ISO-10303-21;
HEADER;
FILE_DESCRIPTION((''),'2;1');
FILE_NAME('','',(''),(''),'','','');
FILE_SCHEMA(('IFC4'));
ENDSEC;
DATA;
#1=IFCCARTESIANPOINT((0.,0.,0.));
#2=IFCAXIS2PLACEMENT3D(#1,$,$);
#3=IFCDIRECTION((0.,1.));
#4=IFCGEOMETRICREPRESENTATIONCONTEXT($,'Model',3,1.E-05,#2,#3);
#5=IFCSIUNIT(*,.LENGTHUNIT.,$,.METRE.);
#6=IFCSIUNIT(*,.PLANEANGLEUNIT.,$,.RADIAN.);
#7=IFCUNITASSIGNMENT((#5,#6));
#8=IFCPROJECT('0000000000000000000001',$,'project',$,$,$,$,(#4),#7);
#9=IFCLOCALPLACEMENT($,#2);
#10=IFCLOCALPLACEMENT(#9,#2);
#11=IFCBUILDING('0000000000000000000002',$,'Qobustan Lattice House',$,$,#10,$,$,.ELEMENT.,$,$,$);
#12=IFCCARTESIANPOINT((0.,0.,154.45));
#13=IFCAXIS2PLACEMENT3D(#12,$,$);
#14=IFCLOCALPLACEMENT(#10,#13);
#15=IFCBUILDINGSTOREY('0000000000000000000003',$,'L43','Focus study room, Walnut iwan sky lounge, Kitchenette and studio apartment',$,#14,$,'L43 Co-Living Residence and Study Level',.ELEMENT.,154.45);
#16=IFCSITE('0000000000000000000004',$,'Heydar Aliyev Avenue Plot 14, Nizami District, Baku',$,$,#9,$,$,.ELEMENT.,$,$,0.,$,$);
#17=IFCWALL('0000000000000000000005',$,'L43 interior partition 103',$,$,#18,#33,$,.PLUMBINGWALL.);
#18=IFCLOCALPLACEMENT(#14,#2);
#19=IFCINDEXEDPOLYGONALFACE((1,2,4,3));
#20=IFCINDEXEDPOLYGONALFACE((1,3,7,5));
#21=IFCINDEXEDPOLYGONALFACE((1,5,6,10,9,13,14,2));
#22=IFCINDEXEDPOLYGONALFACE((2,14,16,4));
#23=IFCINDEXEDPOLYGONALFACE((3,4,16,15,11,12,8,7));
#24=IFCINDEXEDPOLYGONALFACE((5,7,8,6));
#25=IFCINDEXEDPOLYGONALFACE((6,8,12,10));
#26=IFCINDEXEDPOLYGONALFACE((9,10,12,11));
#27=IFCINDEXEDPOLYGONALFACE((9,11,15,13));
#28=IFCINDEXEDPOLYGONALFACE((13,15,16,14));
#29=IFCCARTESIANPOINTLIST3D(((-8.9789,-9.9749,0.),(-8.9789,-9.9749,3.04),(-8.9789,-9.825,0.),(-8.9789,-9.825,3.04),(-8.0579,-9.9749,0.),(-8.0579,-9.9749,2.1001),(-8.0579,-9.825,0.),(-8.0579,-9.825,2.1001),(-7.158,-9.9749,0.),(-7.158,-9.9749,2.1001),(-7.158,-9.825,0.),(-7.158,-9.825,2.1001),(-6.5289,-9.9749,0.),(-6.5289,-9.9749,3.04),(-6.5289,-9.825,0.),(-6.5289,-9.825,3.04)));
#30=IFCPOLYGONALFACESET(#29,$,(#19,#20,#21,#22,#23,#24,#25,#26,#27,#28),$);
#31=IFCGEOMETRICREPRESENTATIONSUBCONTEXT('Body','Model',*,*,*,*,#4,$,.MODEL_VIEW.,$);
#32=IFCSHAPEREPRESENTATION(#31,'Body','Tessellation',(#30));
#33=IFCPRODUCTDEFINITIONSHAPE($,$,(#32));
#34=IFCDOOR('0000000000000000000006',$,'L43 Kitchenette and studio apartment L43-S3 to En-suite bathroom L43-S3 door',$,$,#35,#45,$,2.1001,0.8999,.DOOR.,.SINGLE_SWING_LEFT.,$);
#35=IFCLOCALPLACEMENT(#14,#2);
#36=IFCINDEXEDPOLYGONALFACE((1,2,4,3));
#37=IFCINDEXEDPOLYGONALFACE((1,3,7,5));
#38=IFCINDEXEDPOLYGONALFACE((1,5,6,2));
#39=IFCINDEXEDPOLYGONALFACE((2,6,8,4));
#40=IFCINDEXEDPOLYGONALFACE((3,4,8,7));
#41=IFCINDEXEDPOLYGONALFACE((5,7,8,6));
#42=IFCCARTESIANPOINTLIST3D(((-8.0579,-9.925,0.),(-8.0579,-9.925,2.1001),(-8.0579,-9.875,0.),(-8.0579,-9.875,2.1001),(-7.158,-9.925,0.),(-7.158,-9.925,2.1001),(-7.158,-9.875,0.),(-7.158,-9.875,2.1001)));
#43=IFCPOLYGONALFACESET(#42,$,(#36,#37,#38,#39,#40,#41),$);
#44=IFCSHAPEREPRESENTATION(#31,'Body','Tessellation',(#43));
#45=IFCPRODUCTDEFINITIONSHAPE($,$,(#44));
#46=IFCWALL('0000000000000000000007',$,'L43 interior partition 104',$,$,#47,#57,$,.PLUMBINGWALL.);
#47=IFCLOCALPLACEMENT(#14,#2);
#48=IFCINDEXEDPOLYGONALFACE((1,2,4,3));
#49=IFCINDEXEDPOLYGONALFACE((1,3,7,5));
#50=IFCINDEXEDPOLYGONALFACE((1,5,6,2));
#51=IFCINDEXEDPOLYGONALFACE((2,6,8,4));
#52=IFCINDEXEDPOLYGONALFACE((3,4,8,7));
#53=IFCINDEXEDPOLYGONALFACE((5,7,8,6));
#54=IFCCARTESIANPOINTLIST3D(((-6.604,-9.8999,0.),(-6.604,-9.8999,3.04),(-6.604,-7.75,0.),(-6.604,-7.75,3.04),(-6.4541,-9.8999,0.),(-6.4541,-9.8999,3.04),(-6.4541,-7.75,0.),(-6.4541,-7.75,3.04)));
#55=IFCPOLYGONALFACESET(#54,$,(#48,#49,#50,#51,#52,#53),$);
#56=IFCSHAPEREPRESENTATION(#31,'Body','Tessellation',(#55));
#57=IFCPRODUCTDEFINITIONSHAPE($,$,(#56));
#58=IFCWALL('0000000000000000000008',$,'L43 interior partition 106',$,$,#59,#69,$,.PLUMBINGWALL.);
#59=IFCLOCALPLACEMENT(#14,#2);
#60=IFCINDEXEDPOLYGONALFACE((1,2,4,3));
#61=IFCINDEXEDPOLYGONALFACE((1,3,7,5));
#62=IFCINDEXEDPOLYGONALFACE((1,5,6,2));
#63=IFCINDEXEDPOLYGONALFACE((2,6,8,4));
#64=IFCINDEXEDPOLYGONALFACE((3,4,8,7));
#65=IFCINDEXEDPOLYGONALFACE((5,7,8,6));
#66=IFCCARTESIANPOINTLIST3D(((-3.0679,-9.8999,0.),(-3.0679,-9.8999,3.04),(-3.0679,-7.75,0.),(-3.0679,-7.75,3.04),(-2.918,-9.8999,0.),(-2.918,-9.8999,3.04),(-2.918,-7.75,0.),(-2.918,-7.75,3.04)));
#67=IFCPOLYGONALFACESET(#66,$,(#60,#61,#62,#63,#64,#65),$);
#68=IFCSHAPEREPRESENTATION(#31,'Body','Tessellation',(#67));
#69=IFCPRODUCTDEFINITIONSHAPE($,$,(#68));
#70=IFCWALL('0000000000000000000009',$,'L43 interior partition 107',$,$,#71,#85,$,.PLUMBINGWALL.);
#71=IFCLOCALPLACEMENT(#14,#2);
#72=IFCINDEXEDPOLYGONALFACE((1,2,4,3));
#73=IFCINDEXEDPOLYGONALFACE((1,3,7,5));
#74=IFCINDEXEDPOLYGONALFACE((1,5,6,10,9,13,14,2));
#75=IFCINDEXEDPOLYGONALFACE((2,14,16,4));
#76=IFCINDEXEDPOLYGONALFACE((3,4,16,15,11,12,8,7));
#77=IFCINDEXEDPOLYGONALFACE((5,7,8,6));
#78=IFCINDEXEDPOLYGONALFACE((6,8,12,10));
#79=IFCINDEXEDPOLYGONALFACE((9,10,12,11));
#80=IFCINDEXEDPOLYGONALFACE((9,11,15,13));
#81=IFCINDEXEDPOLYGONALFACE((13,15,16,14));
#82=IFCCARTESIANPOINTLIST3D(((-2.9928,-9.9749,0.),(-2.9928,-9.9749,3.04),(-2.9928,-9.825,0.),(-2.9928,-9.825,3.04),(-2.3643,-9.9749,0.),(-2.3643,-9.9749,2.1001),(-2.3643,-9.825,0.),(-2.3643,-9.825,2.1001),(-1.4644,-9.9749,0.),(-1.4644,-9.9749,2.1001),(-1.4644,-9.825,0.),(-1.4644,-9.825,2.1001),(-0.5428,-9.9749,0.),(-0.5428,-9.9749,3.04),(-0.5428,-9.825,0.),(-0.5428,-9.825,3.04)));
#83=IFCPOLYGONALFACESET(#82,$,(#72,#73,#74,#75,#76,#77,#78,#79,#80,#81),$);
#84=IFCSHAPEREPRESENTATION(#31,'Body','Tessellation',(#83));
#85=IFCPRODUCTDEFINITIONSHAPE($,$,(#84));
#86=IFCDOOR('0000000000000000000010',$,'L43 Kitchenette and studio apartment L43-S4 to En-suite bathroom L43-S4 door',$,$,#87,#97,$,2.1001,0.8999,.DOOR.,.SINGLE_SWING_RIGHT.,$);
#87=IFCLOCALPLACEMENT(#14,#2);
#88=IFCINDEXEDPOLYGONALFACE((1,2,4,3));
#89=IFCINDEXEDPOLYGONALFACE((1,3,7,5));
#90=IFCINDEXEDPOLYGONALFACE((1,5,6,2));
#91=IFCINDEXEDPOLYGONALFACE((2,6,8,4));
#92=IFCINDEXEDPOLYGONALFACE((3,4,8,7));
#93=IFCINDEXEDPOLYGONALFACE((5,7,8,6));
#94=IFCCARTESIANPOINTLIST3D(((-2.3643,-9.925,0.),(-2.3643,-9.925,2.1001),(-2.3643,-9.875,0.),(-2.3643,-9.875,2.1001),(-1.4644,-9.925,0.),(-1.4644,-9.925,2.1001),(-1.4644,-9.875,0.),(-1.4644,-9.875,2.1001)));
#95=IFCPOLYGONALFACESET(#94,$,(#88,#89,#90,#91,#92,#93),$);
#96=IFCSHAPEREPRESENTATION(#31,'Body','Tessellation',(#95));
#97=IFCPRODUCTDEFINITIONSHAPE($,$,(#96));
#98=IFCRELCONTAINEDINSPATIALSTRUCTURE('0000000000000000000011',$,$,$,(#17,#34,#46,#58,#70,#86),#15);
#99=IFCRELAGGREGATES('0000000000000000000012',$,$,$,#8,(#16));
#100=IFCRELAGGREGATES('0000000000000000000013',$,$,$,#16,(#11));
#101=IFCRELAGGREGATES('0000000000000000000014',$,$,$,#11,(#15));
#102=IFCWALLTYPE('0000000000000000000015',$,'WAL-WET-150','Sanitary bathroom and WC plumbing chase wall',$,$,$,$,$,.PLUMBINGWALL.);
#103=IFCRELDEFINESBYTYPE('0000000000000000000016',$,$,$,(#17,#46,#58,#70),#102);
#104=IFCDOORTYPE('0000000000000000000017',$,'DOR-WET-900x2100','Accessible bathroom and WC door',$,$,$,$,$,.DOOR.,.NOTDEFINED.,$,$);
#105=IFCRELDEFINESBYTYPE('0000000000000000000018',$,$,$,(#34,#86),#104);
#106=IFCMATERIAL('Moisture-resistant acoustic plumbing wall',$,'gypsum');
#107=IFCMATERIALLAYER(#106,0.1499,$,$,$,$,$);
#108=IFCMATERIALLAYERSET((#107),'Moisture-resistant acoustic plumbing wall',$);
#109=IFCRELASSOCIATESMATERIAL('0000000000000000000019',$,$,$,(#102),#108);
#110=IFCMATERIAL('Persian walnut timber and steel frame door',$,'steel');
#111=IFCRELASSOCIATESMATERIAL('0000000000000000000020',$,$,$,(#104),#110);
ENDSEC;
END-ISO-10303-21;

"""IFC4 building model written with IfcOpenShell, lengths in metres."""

from ifc_helpers import new_model, si_unit, direction, frame, frame_2d, origin, place, context, subcontext, project, spatial, rectangle, extrude, material, layer, layer_set, type_object, element, fill, save


model = new_model("IFC4")

# Units and contexts
model_context = context("Model", 3, precision=1e-05, world=origin(), true_north=direction((0.0, 1.0)))
body_context = subcontext(model_context, "Body", "Model", "MODEL_VIEW")
ifc_project = project(units=[si_unit("LENGTHUNIT", "METRE"), si_unit("PLANEANGLEUNIT", "RADIAN")], contexts=[model_context])

# Site, building, storey
site_placement = place(None, origin())
site = spatial("IfcSite", under=ifc_project, at=site_placement, Name="Heydar Aliyev Avenue Plot 14, Nizami District, Baku", CompositionType="ELEMENT", RefElevation=0.0)
building_placement = place(site_placement, origin())
building = spatial("IfcBuilding", under=site, at=building_placement, Name="Qobustan Lattice House", CompositionType="ELEMENT")
storey_placement = place(building_placement, frame((0.0, 0.0, 154.45)))
storey = spatial("IfcBuildingStorey", under=building, at=storey_placement, Name="L43", Description="Focus study room, Walnut iwan sky lounge, Kitchenette and studio apartment", LongName="L43 Co-Living Residence and Study Level", CompositionType="ELEMENT", Elevation=154.45)

# Shared definitions
ifc_material_1 = material(Name="Moisture-resistant acoustic plumbing wall", Category="gypsum")
ifc_layer_1 = layer(ifc_material_1, 0.1499)
ifc_layer_set_1 = layer_set([ifc_layer_1], Name="Moisture-resistant acoustic plumbing wall")
wall_type_1 = type_object("IfcWallType", Name="WAL-WET-150", Description="Sanitary bathroom and WC plumbing chase wall", PredefinedType="PLUMBINGWALL", material=ifc_layer_set_1)

# Wall, opening, door
wall_1_placement = place(storey_placement, frame((-8.979, -9.8999, 0.0), z_axis=(0.0, 0.0, 1.0), x_axis=(1.0, 0.0, 0.0)))
wall_1 = element("IfcWall", 1, at=wall_1_placement, inside=storey, type_object=wall_type_1, Name="L43 interior partition 103", PredefinedType="PLUMBINGWALL", context=body_context, shape_type="SweptSolid", body=[
    extrude(rectangle(XDim=2.45, YDim=0.1499, at=frame_2d((1.2251, 0.0))), origin(), (0.0, 0.0, 1.0), 3.04),
])
opening_1_placement = place(wall_1_placement, frame((0.9211, 0.0, 0.0)))
opening_1 = element("IfcOpeningElement", 2, at=opening_1_placement, cuts=wall_1, PredefinedType="OPENING", context=body_context, shape_type="SweptSolid", body=[
    extrude(rectangle(XDim=0.8999, YDim=2.1001, at=frame_2d((0.45, 1.05))), frame((0.0, 0.085, 0.0), z_axis=(0.0, -1.0, 0.0), x_axis=(1.0, 0.0, 0.0)), (0.0, 0.0, 1.0), 0.1699),
])
ifc_material_2 = material(Name="Persian walnut timber and steel frame door", Category="steel")
door_type_1 = type_object("IfcDoorType", Name="DOR-WET-900x2100", Description="Accessible bathroom and WC door", OperationType="NOTDEFINED", PredefinedType="DOOR", material=ifc_material_2)
door_1_placement = place(opening_1_placement, origin())
door_1 = element("IfcDoor", 3, at=door_1_placement, inside=storey, type_object=door_type_1, Name="L43 Kitchenette and studio apartment L43-S3 to En-suite bathroom L43-S3 door", OperationType="SINGLE_SWING_LEFT", OverallHeight=2.1001, OverallWidth=0.8999, PredefinedType="DOOR", context=body_context, shape_type="SweptSolid", body=[
    extrude(rectangle(XDim=0.8999, YDim=2.1001, at=frame_2d((0.45, 1.05))), frame((0.0, 0.0249, 0.0), z_axis=(0.0, -1.0, 0.0), x_axis=(1.0, 0.0, 0.0)), (0.0, 0.0, 1.0), 0.05),
])
fill(opening_1, door_1)

# Walls
for number, where, z_axis, x_axis, name in (
    (4, (-6.5291, -9.8999, 0.0), (0.0, 0.0, 1.0), (0.0, 1.0, 0.0), "L43 interior partition 104"),
    (5, (-2.9929, -7.75, 0.0), (0.0, 0.0, 1.0), (0.0, -1.0, 0.0), "L43 interior partition 106"),
):
    element("IfcWall", number, at=place(storey_placement, frame(where, z_axis=z_axis, x_axis=x_axis)), inside=storey, type_object=wall_type_1, Name=name, PredefinedType="PLUMBINGWALL", context=body_context, shape_type="SweptSolid", body=[
        extrude(rectangle(XDim=2.1499, YDim=0.1499, at=frame_2d((1.075, 0.0))), origin(), (0.0, 0.0, 1.0), 3.04),
    ])

# Wall, opening, door
wall_2_placement = place(storey_placement, frame((-2.9929, -9.8999, 0.0), z_axis=(0.0, 0.0, 1.0), x_axis=(1.0, 0.0, 0.0)))
wall_2 = element("IfcWall", 6, at=wall_2_placement, inside=storey, type_object=wall_type_1, Name="L43 interior partition 107", PredefinedType="PLUMBINGWALL", context=body_context, shape_type="SweptSolid", body=[
    extrude(rectangle(XDim=2.45, YDim=0.1499, at=frame_2d((1.2251, 0.0))), origin(), (0.0, 0.0, 1.0), 3.04),
])
opening_2_placement = place(wall_2_placement, frame((0.6287, 0.0, 0.0)))
opening_2 = element("IfcOpeningElement", 7, at=opening_2_placement, cuts=wall_2, PredefinedType="OPENING", context=body_context, shape_type="SweptSolid", body=[
    extrude(rectangle(XDim=0.8999, YDim=2.1001, at=frame_2d((0.45, 1.05))), frame((0.0, 0.085, 0.0), z_axis=(0.0, -1.0, 0.0), x_axis=(1.0, 0.0, 0.0)), (0.0, 0.0, 1.0), 0.1699),
])
door_2_placement = place(opening_2_placement, origin())
door_2 = element("IfcDoor", 8, at=door_2_placement, inside=storey, type_object=door_type_1, Name="L43 Kitchenette and studio apartment L43-S4 to En-suite bathroom L43-S4 door", OperationType="SINGLE_SWING_RIGHT", OverallHeight=2.1001, OverallWidth=0.8999, PredefinedType="DOOR", context=body_context, shape_type="SweptSolid", body=[
    extrude(rectangle(XDim=0.8999, YDim=2.1001, at=frame_2d((0.45, 1.05))), frame((0.0, 0.0249, 0.0), z_axis=(0.0, -1.0, 0.0), x_axis=(1.0, 0.0, 0.0)), (0.0, 0.0, 1.0), 0.05),
])
fill(opening_2, door_2)

save(model, "model.ifc")
